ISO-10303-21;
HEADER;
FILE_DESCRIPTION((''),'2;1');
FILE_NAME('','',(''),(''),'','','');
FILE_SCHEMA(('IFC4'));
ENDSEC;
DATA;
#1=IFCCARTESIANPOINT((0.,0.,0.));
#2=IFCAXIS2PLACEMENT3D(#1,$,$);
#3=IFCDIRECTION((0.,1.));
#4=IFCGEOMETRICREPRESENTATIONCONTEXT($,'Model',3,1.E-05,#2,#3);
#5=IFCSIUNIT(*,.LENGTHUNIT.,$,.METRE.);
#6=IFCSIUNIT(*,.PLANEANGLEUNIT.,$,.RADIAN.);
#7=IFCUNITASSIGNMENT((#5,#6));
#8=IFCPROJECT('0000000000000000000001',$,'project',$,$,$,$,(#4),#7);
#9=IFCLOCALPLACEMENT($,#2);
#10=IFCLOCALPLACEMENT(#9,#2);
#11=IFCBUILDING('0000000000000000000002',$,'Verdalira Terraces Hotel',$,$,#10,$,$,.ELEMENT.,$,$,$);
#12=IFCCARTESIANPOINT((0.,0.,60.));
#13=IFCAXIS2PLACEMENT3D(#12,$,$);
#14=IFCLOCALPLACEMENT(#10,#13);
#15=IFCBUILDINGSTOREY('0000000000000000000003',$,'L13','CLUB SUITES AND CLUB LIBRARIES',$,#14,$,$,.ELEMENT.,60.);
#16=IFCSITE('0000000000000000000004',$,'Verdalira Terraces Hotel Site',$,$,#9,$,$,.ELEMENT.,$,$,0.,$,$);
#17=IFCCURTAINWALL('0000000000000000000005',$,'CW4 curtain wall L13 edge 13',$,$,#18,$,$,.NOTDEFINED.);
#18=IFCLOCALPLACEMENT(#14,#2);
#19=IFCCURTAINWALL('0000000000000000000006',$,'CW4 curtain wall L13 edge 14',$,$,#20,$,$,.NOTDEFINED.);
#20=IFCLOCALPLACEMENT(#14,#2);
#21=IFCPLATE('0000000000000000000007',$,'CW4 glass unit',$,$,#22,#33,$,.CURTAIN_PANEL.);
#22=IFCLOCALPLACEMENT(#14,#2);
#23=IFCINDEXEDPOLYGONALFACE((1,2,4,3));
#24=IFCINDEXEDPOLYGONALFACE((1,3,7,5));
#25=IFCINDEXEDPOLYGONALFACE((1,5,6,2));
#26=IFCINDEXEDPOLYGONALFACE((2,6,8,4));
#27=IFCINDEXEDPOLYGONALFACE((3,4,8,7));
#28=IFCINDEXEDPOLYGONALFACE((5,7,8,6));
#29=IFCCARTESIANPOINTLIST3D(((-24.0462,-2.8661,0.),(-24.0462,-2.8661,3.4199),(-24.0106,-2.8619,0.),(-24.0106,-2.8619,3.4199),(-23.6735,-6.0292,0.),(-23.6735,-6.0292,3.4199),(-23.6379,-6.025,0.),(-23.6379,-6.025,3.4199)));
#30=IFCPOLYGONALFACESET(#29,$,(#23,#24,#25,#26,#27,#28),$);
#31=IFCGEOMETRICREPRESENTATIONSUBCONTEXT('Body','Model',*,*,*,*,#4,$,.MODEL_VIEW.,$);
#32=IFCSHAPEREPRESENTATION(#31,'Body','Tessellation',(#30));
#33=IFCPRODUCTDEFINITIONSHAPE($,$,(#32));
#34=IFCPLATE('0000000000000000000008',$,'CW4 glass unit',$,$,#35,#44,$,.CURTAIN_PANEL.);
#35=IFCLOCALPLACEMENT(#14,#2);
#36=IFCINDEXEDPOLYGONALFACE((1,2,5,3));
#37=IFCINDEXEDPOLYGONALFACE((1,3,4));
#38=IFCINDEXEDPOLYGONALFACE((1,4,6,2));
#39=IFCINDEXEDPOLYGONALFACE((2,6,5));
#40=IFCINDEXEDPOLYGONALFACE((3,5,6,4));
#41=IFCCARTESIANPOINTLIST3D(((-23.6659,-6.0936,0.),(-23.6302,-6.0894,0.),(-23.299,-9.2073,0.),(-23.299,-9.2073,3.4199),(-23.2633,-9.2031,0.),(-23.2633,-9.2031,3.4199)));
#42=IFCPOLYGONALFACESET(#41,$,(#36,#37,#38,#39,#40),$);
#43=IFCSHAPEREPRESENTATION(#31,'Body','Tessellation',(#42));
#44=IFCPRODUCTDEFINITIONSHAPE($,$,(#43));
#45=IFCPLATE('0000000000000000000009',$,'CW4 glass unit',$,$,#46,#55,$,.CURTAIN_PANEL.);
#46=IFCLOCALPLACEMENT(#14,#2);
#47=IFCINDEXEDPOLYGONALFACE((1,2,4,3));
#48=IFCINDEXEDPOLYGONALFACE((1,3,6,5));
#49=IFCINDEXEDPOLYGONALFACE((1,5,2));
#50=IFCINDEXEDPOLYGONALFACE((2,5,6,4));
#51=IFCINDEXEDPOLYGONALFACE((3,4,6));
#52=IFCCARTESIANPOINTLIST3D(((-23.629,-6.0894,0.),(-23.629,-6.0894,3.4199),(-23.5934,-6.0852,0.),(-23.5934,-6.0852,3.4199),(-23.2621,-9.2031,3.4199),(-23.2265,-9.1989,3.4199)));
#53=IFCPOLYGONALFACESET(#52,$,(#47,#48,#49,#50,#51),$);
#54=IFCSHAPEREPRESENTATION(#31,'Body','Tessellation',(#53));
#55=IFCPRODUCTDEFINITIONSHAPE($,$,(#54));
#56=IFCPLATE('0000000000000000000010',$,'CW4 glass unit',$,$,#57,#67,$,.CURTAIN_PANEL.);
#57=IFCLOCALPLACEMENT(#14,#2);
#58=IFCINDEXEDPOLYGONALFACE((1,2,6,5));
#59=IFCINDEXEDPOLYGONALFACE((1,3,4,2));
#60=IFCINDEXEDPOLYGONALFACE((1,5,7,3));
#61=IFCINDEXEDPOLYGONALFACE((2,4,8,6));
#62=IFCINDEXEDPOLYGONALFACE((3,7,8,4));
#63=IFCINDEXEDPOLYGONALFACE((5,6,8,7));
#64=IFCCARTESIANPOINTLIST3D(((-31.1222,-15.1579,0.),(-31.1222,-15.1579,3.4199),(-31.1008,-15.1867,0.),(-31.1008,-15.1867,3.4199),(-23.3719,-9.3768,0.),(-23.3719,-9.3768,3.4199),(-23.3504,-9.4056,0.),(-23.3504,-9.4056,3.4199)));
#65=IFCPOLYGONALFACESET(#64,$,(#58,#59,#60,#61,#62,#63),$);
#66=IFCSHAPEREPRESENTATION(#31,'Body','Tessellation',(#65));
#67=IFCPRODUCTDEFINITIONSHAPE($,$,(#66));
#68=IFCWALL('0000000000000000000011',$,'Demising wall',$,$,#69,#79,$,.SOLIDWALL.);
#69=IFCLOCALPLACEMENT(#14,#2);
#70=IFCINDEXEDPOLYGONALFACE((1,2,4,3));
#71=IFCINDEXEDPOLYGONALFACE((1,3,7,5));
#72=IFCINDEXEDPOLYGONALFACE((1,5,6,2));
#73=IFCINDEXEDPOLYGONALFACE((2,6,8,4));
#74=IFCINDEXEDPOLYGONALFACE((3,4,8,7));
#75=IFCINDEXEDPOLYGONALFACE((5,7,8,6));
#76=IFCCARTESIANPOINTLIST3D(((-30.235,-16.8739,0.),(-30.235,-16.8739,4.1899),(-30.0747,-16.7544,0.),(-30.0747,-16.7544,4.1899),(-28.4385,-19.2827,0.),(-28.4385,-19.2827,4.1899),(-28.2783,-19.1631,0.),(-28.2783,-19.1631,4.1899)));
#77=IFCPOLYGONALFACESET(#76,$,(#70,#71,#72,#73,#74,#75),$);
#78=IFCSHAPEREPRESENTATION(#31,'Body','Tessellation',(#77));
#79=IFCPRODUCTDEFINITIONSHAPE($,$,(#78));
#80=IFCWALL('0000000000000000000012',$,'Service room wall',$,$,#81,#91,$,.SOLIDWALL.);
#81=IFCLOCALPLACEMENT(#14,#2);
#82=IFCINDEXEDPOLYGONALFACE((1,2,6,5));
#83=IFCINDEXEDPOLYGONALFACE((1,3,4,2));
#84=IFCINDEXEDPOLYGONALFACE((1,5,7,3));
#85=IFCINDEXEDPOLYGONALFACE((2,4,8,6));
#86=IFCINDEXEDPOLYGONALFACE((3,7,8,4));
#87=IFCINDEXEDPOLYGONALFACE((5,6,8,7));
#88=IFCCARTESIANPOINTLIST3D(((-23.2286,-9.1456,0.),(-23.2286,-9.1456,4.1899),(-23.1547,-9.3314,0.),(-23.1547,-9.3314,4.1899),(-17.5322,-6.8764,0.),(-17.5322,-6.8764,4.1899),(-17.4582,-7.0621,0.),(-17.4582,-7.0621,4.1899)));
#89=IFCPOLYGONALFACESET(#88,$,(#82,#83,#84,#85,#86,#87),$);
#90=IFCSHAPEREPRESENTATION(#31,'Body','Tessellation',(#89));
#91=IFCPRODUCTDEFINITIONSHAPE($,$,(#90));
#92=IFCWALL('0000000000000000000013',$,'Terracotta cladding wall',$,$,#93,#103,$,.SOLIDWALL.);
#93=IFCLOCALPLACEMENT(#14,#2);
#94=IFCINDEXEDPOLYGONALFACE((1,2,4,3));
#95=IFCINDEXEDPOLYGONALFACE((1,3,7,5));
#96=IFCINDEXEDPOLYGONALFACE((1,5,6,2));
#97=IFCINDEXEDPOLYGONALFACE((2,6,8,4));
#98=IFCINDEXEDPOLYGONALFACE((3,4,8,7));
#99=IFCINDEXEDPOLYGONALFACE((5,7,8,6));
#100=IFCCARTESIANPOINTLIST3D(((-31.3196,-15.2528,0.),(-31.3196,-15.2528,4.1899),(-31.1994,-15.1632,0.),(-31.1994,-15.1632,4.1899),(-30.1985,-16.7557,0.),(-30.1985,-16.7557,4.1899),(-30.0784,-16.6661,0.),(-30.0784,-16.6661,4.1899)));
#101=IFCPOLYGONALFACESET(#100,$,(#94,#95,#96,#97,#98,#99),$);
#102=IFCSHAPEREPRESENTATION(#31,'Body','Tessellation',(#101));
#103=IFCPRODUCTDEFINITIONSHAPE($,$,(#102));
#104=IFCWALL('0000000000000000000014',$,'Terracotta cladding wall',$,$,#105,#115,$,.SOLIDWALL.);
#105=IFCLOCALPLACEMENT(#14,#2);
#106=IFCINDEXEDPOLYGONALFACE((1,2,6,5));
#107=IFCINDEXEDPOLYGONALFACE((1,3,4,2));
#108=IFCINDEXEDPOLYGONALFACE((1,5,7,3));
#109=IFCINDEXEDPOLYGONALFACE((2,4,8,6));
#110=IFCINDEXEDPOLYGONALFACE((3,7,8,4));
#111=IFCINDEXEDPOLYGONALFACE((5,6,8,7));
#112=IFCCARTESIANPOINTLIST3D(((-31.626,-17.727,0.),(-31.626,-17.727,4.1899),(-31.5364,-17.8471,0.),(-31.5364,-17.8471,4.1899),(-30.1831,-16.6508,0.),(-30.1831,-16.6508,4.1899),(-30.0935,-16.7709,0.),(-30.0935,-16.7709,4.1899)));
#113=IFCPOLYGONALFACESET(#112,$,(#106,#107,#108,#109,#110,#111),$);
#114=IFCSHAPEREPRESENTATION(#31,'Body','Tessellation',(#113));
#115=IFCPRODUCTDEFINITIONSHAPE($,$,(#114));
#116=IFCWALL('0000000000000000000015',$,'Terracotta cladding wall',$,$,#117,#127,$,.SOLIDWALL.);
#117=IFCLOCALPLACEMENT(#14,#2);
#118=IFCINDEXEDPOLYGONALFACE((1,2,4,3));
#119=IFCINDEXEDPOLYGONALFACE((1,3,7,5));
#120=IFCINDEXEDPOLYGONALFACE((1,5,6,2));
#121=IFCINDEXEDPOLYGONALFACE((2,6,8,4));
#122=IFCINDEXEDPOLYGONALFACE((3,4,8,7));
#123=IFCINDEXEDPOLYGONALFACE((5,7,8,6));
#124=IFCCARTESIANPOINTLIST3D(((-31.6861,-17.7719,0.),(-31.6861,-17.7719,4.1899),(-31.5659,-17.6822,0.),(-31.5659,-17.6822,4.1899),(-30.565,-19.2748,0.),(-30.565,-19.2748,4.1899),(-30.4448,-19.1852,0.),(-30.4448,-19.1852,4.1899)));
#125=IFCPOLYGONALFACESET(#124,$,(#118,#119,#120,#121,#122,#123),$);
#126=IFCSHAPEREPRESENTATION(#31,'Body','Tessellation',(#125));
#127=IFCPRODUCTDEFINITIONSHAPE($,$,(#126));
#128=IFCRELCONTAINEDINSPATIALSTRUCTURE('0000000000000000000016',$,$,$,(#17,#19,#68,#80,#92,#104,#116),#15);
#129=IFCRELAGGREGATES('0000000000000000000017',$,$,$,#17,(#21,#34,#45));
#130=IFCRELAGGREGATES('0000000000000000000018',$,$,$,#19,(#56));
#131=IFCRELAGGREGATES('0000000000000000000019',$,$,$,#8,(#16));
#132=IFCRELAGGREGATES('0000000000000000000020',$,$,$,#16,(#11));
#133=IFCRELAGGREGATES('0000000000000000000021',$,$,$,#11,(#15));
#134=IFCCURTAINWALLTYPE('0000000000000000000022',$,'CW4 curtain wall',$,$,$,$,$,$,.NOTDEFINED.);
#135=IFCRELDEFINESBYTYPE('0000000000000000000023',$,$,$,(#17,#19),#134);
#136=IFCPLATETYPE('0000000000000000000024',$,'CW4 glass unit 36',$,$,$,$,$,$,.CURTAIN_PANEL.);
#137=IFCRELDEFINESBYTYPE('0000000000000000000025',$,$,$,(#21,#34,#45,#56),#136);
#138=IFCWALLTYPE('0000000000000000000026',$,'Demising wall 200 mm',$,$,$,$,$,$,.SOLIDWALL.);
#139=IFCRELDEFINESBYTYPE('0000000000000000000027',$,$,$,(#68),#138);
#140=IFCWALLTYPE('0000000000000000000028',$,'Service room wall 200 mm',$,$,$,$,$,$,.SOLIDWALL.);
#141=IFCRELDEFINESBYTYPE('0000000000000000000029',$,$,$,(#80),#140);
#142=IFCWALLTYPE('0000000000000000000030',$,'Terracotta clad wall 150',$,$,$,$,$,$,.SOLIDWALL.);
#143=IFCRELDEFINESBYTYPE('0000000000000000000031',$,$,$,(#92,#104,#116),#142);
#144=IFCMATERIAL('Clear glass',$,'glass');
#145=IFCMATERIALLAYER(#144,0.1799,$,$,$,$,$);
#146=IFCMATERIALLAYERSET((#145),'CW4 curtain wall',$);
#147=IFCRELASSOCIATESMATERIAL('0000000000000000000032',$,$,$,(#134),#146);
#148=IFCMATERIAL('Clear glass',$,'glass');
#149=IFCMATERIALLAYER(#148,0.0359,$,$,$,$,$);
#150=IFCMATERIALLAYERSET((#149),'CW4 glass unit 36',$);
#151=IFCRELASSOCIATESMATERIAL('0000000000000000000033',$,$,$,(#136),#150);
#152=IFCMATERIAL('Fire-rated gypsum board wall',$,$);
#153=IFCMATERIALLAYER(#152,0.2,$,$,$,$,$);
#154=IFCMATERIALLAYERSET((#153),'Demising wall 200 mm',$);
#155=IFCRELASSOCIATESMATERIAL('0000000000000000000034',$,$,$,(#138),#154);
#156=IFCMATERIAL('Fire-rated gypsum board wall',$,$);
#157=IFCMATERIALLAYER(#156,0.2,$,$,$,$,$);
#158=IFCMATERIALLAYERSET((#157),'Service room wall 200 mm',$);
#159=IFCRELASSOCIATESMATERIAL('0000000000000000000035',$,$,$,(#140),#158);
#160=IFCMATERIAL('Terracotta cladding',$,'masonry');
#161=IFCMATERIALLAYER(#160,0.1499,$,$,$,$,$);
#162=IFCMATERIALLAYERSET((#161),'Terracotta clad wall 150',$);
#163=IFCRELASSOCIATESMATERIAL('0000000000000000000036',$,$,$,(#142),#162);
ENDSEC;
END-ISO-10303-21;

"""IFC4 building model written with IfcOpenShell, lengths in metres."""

from ifc_helpers import new_model, si_unit, direction, frame, frame_2d, origin, origin_2d, place, context, subcontext, project, spatial, polyline, rectangle, outline, extrude, material, layer, layer_set, type_object, element, aggregate, save


model = new_model("IFC4")

# Units and contexts
model_context = context("Model", 3, precision=1e-05, world=origin(), true_north=direction((0.0, 1.0)))
body_context = subcontext(model_context, "Body", "Model", "MODEL_VIEW")
ifc_project = project(units=[si_unit("LENGTHUNIT", "METRE"), si_unit("PLANEANGLEUNIT", "RADIAN")], contexts=[model_context])

# Site, building, storey
site_placement = place(None, origin())
site = spatial("IfcSite", under=ifc_project, at=site_placement, Name="Verdalira Terraces Hotel Site", CompositionType="ELEMENT", RefElevation=0.0)
building_placement = place(site_placement, origin())
building = spatial("IfcBuilding", under=site, at=building_placement, Name="Verdalira Terraces Hotel", CompositionType="ELEMENT")
storey_placement = place(building_placement, frame((0.0, 0.0, 60.0)))
storey = spatial("IfcBuildingStorey", under=building, at=storey_placement, Name="L13", Description="CLUB SUITES AND CLUB LIBRARIES", CompositionType="ELEMENT", Elevation=60.0)

# Curtain walls
ifc_material_1 = material(Name="Clear glass", Category="glass")
ifc_layer_1 = layer(ifc_material_1, 0.1799)
ifc_layer_set_1 = layer_set([ifc_layer_1], Name="CW4 curtain wall")
curtain_wall_type = type_object("IfcCurtainWallType", Name="CW4 curtain wall", PredefinedType="NOTDEFINED", material=ifc_layer_set_1)
curtain_wall_1_placement = place(storey_placement, origin())
curtain_wall_1 = element("IfcCurtainWall", 1, at=curtain_wall_1_placement, inside=storey, type_object=curtain_wall_type, Name="CW4 curtain wall L13 edge 13", PredefinedType="NOTDEFINED")
curtain_wall_2_placement = place(storey_placement, origin())
curtain_wall_2 = element("IfcCurtainWall", 2, at=curtain_wall_2_placement, inside=storey, type_object=curtain_wall_type, Name="CW4 curtain wall L13 edge 14", PredefinedType="NOTDEFINED")

# Plates
ifc_material_2 = material(Name="Clear glass", Category="glass")
ifc_layer_2 = layer(ifc_material_2, 0.0359)
ifc_layer_set_2 = layer_set([ifc_layer_2], Name="CW4 glass unit 36")
plate_type = type_object("IfcPlateType", Name="CW4 glass unit 36", PredefinedType="CURTAIN_PANEL", material=ifc_layer_set_2)
plate_1_placement = place(storey_placement, frame((-23.842, -4.4456, 0.0), z_axis=(0.0, 0.0, 1.0), x_axis=(0.117017, -0.99313, 0.0)))
plate_1 = element("IfcPlate", 3, at=plate_1_placement, type_object=plate_type, Name="CW4 glass unit", PredefinedType="CURTAIN_PANEL", context=body_context, shape_type="SweptSolid", body=[
    extrude(rectangle(XDim=3.1851, YDim=0.0359, at=origin_2d()), origin(), (0.0, 0.0, 1.0), 3.4199),
])
plate_2_placement = place(storey_placement, frame((-23.4468, -7.6462, 1.71), z_axis=(-0.99313, -0.117017, 0.0), x_axis=(0.117017, -0.99313, 0.0)))
plate_2 = element("IfcPlate", 4, at=plate_2_placement, type_object=plate_type, Name="CW4 glass unit", PredefinedType="CURTAIN_PANEL", context=body_context, shape_type="SweptSolid", body=[
    extrude(outline(polyline([(-1.5676, -1.71), (1.5676, -1.71), (1.5676, 1.71), (-1.5676, -1.71)])), origin(), (0.0, 0.0, 1.0), 0.0359),
])
plate_3_placement = place(storey_placement, frame((-23.4099, -7.6421, 1.71), z_axis=(-0.99313, -0.117017, 0.0), x_axis=(0.117017, -0.99313, 0.0)))
plate_3 = element("IfcPlate", 5, at=plate_3_placement, type_object=plate_type, Name="CW4 glass unit", PredefinedType="CURTAIN_PANEL", context=body_context, shape_type="SweptSolid", body=[
    extrude(outline(polyline([(-1.5676, -1.71), (1.5676, 1.71), (-1.5676, 1.71), (-1.5676, -1.71)])), origin(), (0.0, 0.0, 1.0), 0.0359),
])
aggregate(curtain_wall_1, [plate_1, plate_2, plate_3])
plate_4_placement = place(storey_placement, frame((-27.2363, -12.2817, 0.0), z_axis=(0.0, 0.0, 1.0), x_axis=(-0.801567, -0.597905, 0.0)))
plate_4 = element("IfcPlate", 6, at=plate_4_placement, type_object=plate_type, Name="CW4 glass unit", PredefinedType="CURTAIN_PANEL", context=body_context, shape_type="SweptSolid", body=[
    extrude(rectangle(XDim=9.6689, YDim=0.0359, at=origin_2d()), origin(), (0.0, 0.0, 1.0), 3.4199),
])
aggregate(curtain_wall_2, [plate_4])

# Walls
ifc_material_3 = material(Name="Fire-rated gypsum board wall")
ifc_layer_3 = layer(ifc_material_3, 0.2)
ifc_layer_set_3 = layer_set([ifc_layer_3], Name="Demising wall 200 mm")
wall_type_1 = type_object("IfcWallType", Name="Demising wall 200 mm", PredefinedType="SOLIDWALL", material=ifc_layer_set_3)
wall_1_placement = place(storey_placement, frame((-28.3584, -19.2229, 0.0), z_axis=(0.0, 0.0, 1.0), x_axis=(-0.59784, 0.801616, 0.0)))
element("IfcWall", 7, at=wall_1_placement, inside=storey, type_object=wall_type_1, Name="Demising wall", PredefinedType="SOLIDWALL", context=body_context, shape_type="SweptSolid", body=[
    extrude(rectangle(XDim=3.0049, YDim=0.2, at=frame_2d((1.5024, 0.0))), origin(), (0.0, 0.0, 1.0), 4.1899),
])
ifc_material_4 = material(Name="Fire-rated gypsum board wall")
ifc_layer_4 = layer(ifc_material_4, 0.2)
ifc_layer_set_4 = layer_set([ifc_layer_4], Name="Service room wall 200 mm")
wall_type_2 = type_object("IfcWallType", Name="Service room wall 200 mm", PredefinedType="SOLIDWALL", material=ifc_layer_set_4)
wall_2_placement = place(storey_placement, frame((-23.1916, -9.2385, 0.0), z_axis=(0.0, 0.0, 1.0), x_axis=(0.929, 0.370079, 0.0)))
element("IfcWall", 8, at=wall_2_placement, inside=storey, type_object=wall_type_2, Name="Service room wall", PredefinedType="SOLIDWALL", context=body_context, shape_type="SweptSolid", body=[
    extrude(rectangle(XDim=6.1318, YDim=0.2, at=frame_2d((3.0659, 0.0))), origin(), (0.0, 0.0, 1.0), 4.1899),
])
ifc_material_5 = material(Name="Terracotta cladding", Category="masonry")
ifc_layer_5 = layer(ifc_material_5, 0.1499)
ifc_layer_set_5 = layer_set([ifc_layer_5], Name="Terracotta clad wall 150")
wall_type_3 = type_object("IfcWallType", Name="Terracotta clad wall 150", PredefinedType="SOLIDWALL", material=ifc_layer_set_5)
wall_3_placement = place(storey_placement, frame((-31.2595, -15.208, 0.0), z_axis=(0.0, 0.0, 1.0), x_axis=(0.597915, -0.80156, 0.0)))
element("IfcWall", 9, at=wall_3_placement, inside=storey, type_object=wall_type_3, Name="Terracotta cladding wall", PredefinedType="SOLIDWALL", context=body_context, shape_type="SweptSolid", body=[
    extrude(rectangle(XDim=1.875, YDim=0.1499, at=frame_2d((0.9375, 0.0))), origin(), (0.0, 0.0, 1.0), 4.1899),
])
wall_4_placement = place(storey_placement, frame((-30.1384, -16.7109, 0.0), z_axis=(0.0, 0.0, 1.0), x_axis=(-0.801592, -0.597871, 0.0)))
element("IfcWall", 10, at=wall_4_placement, inside=storey, type_object=wall_type_3, Name="Terracotta cladding wall", PredefinedType="SOLIDWALL", context=body_context, shape_type="SweptSolid", body=[
    extrude(rectangle(XDim=1.8, YDim=0.1499, at=frame_2d((0.8999, 0.0))), origin(), (0.0, 0.0, 1.0), 4.1899),
])
wall_5_placement = place(storey_placement, frame((-31.626, -17.7271, 0.0), z_axis=(0.0, 0.0, 1.0), x_axis=(0.597915, -0.80156, 0.0)))
element("IfcWall", 11, at=wall_5_placement, inside=storey, type_object=wall_type_3, Name="Terracotta cladding wall", PredefinedType="SOLIDWALL", context=body_context, shape_type="SweptSolid", body=[
    extrude(rectangle(XDim=1.875, YDim=0.1499, at=frame_2d((0.9375, 0.0))), origin(), (0.0, 0.0, 1.0), 4.1899),
])

save(model, "model.ifc")
